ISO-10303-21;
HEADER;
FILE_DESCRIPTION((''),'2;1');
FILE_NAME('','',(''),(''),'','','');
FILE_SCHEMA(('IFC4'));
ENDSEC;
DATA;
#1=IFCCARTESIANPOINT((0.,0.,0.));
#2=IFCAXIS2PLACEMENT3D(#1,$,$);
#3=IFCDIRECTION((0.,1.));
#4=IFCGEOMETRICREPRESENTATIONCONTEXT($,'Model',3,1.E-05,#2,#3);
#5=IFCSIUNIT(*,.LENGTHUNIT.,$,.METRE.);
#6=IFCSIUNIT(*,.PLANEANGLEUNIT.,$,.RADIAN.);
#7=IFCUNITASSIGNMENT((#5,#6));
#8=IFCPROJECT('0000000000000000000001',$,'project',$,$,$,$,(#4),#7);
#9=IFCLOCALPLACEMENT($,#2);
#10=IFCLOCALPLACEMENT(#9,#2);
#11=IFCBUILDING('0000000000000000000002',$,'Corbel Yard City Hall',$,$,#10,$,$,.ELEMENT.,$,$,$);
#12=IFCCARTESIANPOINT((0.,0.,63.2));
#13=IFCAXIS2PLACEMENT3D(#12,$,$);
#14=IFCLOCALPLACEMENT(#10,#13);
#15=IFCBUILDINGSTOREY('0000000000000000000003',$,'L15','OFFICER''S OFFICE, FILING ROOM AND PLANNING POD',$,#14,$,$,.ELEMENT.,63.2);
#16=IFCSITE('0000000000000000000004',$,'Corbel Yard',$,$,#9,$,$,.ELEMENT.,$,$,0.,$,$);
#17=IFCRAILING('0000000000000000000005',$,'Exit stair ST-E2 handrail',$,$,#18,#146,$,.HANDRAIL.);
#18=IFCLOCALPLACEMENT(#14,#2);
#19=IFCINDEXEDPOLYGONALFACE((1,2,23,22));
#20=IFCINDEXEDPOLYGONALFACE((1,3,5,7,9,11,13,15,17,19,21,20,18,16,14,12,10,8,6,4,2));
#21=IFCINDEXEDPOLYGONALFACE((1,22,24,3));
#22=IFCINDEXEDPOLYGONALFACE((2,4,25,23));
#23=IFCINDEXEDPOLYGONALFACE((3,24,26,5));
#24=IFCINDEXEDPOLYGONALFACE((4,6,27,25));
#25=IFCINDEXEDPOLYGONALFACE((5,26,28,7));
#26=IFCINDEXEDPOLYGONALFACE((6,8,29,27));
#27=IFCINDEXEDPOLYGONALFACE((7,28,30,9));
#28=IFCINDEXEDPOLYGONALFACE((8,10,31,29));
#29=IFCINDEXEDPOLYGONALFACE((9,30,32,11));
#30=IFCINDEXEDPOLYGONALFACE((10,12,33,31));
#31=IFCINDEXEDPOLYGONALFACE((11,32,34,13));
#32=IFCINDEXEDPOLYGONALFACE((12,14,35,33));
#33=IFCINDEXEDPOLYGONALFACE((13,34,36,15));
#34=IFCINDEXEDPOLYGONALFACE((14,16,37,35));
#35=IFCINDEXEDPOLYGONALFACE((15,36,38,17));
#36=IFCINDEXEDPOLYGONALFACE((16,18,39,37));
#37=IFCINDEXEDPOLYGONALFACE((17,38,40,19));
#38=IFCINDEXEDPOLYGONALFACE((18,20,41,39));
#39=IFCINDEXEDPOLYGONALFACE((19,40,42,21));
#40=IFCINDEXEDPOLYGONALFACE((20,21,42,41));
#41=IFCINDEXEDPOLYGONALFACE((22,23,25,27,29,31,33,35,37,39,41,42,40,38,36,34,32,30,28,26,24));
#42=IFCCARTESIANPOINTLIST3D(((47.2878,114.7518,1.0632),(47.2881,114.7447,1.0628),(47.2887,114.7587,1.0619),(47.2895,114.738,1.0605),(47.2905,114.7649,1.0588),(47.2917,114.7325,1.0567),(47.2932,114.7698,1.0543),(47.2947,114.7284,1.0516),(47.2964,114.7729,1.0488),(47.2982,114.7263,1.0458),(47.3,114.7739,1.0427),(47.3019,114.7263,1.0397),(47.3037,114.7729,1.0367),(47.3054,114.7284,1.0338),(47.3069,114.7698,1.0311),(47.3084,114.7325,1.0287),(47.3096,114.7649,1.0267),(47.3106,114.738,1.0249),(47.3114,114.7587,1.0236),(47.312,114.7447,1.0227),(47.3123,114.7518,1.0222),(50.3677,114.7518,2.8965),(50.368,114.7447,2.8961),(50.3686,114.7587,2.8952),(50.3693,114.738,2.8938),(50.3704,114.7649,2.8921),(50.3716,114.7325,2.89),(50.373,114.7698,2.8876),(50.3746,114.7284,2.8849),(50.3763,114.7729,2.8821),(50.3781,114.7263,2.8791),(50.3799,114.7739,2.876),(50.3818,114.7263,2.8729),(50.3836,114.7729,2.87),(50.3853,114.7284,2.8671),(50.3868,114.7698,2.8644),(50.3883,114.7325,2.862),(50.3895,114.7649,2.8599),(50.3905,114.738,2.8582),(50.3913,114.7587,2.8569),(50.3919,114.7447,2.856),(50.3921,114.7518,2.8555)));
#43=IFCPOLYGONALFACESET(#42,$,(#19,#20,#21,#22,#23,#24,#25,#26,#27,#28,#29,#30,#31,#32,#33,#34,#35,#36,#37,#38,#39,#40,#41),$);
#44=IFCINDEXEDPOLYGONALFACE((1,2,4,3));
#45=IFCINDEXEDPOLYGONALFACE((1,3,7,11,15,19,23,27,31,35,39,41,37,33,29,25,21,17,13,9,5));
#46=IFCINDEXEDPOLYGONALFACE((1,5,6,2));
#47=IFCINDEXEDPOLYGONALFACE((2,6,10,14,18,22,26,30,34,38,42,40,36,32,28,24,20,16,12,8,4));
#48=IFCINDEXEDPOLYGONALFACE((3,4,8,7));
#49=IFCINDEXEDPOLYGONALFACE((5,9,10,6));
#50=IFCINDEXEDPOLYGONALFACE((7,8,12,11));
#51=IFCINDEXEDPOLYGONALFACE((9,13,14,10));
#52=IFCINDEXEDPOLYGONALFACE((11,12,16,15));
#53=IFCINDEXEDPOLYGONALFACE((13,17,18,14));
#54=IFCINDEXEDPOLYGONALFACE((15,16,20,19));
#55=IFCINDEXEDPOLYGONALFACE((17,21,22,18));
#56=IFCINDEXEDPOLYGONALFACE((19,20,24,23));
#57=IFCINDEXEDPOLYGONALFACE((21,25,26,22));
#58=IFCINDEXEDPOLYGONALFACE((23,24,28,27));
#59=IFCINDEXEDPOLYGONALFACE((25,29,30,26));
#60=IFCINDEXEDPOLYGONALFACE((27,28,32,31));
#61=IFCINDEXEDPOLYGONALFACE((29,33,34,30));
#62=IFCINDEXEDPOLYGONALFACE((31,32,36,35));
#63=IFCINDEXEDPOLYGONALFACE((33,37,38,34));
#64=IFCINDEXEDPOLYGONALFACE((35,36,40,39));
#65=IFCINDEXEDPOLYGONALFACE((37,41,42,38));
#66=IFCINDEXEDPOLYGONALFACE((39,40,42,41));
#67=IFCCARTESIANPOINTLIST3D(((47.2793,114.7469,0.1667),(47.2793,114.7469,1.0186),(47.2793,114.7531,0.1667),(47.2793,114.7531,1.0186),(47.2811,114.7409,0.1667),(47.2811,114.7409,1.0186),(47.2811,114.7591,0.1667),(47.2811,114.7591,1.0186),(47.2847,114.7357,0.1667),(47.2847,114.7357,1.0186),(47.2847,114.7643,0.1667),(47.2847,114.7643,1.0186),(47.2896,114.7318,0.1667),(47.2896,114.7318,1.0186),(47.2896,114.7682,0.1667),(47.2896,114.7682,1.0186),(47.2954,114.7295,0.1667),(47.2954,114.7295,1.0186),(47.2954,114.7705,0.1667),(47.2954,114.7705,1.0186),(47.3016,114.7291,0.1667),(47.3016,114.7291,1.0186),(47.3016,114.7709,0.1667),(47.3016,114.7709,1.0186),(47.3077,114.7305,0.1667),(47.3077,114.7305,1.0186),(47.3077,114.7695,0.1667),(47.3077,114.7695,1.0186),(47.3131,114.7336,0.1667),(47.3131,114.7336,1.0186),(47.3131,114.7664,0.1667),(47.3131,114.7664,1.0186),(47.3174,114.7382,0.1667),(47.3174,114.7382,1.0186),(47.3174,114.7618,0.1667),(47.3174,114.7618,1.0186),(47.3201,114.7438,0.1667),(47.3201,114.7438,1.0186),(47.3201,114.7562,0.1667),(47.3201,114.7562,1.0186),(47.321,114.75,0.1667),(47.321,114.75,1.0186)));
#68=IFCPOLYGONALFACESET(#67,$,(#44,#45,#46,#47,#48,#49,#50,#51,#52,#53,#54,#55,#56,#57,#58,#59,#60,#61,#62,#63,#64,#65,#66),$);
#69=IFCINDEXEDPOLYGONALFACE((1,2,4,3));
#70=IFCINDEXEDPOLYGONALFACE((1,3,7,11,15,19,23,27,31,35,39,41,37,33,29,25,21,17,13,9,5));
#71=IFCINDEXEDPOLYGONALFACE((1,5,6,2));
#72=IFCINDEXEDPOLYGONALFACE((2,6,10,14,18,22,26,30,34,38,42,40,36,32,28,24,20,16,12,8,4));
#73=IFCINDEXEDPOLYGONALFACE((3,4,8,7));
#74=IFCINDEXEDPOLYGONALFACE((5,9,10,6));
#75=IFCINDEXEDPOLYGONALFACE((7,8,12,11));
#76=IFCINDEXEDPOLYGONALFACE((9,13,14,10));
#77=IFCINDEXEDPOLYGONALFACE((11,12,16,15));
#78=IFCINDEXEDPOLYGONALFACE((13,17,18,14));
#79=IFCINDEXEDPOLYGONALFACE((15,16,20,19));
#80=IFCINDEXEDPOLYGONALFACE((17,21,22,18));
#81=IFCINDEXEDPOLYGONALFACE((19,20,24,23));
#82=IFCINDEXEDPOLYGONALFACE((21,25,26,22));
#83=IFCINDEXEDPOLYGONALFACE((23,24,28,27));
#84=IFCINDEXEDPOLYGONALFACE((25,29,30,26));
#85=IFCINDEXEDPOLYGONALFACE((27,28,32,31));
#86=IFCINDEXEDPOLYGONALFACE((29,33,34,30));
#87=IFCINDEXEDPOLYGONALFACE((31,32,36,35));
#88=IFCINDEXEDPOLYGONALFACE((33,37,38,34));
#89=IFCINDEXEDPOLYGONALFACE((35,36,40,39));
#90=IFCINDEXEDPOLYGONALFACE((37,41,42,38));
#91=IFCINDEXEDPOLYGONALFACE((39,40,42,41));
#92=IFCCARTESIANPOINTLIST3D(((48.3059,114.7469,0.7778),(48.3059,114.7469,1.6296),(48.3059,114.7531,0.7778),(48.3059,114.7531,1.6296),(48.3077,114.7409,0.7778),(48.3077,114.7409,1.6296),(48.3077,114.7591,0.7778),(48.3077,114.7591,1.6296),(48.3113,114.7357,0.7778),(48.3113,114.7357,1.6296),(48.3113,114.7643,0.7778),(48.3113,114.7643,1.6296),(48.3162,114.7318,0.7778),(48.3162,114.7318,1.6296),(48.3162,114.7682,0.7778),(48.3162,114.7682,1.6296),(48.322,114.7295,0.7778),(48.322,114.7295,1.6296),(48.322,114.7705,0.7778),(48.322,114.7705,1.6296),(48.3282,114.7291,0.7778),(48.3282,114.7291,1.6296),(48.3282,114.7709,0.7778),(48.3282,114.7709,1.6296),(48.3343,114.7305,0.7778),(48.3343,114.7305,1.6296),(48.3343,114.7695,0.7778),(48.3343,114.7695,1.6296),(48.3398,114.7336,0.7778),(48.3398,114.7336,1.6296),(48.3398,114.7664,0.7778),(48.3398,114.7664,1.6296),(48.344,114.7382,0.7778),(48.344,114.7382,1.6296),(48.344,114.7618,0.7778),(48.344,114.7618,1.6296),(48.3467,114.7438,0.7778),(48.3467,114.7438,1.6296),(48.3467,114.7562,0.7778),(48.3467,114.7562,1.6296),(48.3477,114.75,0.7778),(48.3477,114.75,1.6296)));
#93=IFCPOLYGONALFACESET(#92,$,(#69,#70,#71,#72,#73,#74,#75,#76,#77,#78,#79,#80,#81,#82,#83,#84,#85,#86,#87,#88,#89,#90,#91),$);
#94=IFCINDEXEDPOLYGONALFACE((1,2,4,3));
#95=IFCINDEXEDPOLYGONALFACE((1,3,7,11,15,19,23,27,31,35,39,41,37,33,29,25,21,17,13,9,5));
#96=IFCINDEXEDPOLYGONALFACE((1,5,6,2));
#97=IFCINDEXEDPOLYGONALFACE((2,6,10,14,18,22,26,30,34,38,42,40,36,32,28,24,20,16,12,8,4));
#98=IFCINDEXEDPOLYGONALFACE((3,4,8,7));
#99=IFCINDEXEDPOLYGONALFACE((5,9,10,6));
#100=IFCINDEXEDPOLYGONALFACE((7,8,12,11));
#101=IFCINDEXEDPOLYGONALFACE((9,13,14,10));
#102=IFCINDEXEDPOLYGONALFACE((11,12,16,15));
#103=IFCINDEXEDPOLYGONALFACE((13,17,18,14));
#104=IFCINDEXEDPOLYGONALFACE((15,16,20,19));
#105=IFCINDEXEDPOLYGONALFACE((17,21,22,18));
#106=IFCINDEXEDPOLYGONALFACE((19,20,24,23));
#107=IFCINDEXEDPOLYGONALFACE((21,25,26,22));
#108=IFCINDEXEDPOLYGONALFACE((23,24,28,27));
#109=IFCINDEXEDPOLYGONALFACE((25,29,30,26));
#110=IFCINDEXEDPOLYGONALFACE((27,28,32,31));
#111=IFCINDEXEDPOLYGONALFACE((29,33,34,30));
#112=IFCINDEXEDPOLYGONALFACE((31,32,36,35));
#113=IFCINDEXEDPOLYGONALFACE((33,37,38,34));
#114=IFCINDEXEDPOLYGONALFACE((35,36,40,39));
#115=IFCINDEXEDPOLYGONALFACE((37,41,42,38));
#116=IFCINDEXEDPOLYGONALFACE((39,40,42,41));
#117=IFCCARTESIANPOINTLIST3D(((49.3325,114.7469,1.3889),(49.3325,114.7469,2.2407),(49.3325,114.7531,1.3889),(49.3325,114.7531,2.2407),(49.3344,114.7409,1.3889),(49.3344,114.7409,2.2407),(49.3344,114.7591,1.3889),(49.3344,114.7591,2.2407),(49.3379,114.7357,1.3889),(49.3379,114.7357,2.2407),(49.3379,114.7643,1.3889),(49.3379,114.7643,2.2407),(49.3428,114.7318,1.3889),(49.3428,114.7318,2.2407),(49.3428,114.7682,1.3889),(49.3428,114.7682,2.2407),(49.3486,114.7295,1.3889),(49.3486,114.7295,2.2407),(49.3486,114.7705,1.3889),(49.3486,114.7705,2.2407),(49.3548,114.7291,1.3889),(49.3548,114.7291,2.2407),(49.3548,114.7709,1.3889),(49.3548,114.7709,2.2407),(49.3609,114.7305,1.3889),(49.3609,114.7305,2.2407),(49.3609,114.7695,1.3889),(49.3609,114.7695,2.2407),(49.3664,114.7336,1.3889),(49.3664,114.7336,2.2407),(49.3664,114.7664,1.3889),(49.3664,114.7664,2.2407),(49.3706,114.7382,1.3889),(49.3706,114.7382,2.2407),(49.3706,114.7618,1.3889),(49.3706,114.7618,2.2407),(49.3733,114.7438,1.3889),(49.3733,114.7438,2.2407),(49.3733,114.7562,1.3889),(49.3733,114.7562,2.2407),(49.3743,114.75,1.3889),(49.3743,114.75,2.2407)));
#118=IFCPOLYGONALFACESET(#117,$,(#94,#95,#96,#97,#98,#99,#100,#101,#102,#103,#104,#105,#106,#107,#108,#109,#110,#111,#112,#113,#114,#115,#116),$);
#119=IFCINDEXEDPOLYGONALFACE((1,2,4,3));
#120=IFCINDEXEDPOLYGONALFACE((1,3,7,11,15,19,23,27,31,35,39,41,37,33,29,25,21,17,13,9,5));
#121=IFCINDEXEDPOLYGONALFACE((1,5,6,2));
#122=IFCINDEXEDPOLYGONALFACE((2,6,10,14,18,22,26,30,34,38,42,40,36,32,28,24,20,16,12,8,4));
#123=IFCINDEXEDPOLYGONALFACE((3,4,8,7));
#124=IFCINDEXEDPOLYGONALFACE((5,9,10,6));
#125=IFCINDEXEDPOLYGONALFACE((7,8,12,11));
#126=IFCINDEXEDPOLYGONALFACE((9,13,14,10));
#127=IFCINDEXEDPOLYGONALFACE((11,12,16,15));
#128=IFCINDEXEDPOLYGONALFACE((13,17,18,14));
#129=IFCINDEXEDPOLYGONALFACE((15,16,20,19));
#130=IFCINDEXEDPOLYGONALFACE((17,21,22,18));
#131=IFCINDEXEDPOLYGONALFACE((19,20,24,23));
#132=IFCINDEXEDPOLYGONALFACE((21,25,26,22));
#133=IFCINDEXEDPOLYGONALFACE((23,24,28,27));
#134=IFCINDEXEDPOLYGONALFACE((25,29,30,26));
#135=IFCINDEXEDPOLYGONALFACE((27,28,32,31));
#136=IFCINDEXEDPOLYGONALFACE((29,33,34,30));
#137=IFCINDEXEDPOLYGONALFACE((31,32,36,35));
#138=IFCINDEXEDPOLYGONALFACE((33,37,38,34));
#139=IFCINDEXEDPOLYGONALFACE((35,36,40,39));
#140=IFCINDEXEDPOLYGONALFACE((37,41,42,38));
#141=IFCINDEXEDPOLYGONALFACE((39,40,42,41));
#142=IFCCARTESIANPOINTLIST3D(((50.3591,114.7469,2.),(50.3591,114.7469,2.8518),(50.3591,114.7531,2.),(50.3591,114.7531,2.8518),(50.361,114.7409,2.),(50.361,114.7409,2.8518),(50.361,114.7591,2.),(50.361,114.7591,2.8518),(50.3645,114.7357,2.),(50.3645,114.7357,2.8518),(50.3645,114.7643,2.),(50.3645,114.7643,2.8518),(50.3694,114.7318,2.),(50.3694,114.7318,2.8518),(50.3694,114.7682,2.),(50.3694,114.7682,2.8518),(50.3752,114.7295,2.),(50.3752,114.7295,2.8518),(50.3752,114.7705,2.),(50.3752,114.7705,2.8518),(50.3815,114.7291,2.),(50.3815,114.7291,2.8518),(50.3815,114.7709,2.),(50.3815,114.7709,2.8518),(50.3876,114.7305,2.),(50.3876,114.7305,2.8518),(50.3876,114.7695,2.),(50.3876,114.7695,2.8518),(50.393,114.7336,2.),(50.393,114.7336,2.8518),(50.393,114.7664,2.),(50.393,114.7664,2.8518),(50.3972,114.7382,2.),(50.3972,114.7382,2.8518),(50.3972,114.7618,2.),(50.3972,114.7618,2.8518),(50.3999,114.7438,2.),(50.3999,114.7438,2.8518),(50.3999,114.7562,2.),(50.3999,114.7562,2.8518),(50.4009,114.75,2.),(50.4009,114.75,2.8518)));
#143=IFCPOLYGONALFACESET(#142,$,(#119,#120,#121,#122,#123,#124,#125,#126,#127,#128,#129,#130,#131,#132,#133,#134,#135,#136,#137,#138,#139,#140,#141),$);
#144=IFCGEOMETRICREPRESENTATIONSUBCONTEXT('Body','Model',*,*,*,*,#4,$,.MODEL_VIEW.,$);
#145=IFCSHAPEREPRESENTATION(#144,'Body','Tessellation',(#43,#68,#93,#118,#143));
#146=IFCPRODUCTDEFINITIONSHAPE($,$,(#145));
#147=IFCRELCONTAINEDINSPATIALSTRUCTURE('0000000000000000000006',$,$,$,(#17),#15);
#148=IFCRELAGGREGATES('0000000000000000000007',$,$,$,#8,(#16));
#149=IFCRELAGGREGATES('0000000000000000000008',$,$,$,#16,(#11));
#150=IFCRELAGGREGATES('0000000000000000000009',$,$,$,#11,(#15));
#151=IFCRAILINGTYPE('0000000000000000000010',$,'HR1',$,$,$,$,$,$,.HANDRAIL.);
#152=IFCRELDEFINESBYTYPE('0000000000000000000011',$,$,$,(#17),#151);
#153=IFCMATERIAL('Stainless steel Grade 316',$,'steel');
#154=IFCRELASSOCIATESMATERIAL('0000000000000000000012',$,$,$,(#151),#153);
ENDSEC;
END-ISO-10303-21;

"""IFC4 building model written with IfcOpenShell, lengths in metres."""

from ifc_helpers import new_model, si_unit, direction, frame, origin, origin_2d, place, context, subcontext, project, spatial, circle, extrude, material, type_object, element, save


model = new_model("IFC4")

# Units and contexts
model_context = context("Model", 3, precision=1e-05, world=origin(), true_north=direction((0.0, 1.0)))
body_context = subcontext(model_context, "Body", "Model", "MODEL_VIEW")
ifc_project = project(units=[si_unit("LENGTHUNIT", "METRE"), si_unit("PLANEANGLEUNIT", "RADIAN")], contexts=[model_context])

# Site, building, storey
site_placement = place(None, origin())
site = spatial("IfcSite", under=ifc_project, at=site_placement, Name="Corbel Yard", CompositionType="ELEMENT", RefElevation=0.0)
building_placement = place(site_placement, origin())
building = spatial("IfcBuilding", under=site, at=building_placement, Name="Corbel Yard City Hall", CompositionType="ELEMENT")
storey_placement = place(building_placement, frame((0.0, 0.0, 63.2)))
storey = spatial("IfcBuildingStorey", under=building, at=storey_placement, Name="L15", Description="OFFICER'S OFFICE, FILING ROOM AND PLANNING POD", CompositionType="ELEMENT", Elevation=63.2)

# Shared definitions
ifc_material_1 = material(Name="Stainless steel Grade 316", Category="steel")

# Railing
railing_type = type_object("IfcRailingType", Name="HR1", PredefinedType="HANDRAIL", material=ifc_material_1)
for number, where, name in (
    (1, (47.3, 114.75, 0.1667), "Exit stair ST-E2 handrail"),
):
    element("IfcRailing", number, at=place(storey_placement, frame(where)), inside=storey, type_object=railing_type, Name=name, PredefinedType="HANDRAIL", context=body_context, shape_type="SweptSolid", body=[
        extrude(circle(Radius=0.0239, at=origin_2d()), frame((0.0, 0.0, 0.876), z_axis=(0.859291, 0.0, 0.511487), x_axis=(0.0, 1.0, 0.0)), (0.0, 0.0, 1.0), 3.5842),
        extrude(circle(Radius=0.021, at=origin_2d()), origin(), (0.0, 0.0, 1.0), 0.8518),
        extrude(circle(Radius=0.021, at=origin_2d()), frame((1.0266, 0.0, 0.6111)), (0.0, 0.0, 1.0), 0.8518),
        extrude(circle(Radius=0.021, at=origin_2d()), frame((2.0532, 0.0, 1.2222)), (0.0, 0.0, 1.0), 0.8518),
        extrude(circle(Radius=0.021, at=origin_2d()), frame((3.0798, 0.0, 1.8333)), (0.0, 0.0, 1.0), 0.8518),
    ])

save(model, "model.ifc")
